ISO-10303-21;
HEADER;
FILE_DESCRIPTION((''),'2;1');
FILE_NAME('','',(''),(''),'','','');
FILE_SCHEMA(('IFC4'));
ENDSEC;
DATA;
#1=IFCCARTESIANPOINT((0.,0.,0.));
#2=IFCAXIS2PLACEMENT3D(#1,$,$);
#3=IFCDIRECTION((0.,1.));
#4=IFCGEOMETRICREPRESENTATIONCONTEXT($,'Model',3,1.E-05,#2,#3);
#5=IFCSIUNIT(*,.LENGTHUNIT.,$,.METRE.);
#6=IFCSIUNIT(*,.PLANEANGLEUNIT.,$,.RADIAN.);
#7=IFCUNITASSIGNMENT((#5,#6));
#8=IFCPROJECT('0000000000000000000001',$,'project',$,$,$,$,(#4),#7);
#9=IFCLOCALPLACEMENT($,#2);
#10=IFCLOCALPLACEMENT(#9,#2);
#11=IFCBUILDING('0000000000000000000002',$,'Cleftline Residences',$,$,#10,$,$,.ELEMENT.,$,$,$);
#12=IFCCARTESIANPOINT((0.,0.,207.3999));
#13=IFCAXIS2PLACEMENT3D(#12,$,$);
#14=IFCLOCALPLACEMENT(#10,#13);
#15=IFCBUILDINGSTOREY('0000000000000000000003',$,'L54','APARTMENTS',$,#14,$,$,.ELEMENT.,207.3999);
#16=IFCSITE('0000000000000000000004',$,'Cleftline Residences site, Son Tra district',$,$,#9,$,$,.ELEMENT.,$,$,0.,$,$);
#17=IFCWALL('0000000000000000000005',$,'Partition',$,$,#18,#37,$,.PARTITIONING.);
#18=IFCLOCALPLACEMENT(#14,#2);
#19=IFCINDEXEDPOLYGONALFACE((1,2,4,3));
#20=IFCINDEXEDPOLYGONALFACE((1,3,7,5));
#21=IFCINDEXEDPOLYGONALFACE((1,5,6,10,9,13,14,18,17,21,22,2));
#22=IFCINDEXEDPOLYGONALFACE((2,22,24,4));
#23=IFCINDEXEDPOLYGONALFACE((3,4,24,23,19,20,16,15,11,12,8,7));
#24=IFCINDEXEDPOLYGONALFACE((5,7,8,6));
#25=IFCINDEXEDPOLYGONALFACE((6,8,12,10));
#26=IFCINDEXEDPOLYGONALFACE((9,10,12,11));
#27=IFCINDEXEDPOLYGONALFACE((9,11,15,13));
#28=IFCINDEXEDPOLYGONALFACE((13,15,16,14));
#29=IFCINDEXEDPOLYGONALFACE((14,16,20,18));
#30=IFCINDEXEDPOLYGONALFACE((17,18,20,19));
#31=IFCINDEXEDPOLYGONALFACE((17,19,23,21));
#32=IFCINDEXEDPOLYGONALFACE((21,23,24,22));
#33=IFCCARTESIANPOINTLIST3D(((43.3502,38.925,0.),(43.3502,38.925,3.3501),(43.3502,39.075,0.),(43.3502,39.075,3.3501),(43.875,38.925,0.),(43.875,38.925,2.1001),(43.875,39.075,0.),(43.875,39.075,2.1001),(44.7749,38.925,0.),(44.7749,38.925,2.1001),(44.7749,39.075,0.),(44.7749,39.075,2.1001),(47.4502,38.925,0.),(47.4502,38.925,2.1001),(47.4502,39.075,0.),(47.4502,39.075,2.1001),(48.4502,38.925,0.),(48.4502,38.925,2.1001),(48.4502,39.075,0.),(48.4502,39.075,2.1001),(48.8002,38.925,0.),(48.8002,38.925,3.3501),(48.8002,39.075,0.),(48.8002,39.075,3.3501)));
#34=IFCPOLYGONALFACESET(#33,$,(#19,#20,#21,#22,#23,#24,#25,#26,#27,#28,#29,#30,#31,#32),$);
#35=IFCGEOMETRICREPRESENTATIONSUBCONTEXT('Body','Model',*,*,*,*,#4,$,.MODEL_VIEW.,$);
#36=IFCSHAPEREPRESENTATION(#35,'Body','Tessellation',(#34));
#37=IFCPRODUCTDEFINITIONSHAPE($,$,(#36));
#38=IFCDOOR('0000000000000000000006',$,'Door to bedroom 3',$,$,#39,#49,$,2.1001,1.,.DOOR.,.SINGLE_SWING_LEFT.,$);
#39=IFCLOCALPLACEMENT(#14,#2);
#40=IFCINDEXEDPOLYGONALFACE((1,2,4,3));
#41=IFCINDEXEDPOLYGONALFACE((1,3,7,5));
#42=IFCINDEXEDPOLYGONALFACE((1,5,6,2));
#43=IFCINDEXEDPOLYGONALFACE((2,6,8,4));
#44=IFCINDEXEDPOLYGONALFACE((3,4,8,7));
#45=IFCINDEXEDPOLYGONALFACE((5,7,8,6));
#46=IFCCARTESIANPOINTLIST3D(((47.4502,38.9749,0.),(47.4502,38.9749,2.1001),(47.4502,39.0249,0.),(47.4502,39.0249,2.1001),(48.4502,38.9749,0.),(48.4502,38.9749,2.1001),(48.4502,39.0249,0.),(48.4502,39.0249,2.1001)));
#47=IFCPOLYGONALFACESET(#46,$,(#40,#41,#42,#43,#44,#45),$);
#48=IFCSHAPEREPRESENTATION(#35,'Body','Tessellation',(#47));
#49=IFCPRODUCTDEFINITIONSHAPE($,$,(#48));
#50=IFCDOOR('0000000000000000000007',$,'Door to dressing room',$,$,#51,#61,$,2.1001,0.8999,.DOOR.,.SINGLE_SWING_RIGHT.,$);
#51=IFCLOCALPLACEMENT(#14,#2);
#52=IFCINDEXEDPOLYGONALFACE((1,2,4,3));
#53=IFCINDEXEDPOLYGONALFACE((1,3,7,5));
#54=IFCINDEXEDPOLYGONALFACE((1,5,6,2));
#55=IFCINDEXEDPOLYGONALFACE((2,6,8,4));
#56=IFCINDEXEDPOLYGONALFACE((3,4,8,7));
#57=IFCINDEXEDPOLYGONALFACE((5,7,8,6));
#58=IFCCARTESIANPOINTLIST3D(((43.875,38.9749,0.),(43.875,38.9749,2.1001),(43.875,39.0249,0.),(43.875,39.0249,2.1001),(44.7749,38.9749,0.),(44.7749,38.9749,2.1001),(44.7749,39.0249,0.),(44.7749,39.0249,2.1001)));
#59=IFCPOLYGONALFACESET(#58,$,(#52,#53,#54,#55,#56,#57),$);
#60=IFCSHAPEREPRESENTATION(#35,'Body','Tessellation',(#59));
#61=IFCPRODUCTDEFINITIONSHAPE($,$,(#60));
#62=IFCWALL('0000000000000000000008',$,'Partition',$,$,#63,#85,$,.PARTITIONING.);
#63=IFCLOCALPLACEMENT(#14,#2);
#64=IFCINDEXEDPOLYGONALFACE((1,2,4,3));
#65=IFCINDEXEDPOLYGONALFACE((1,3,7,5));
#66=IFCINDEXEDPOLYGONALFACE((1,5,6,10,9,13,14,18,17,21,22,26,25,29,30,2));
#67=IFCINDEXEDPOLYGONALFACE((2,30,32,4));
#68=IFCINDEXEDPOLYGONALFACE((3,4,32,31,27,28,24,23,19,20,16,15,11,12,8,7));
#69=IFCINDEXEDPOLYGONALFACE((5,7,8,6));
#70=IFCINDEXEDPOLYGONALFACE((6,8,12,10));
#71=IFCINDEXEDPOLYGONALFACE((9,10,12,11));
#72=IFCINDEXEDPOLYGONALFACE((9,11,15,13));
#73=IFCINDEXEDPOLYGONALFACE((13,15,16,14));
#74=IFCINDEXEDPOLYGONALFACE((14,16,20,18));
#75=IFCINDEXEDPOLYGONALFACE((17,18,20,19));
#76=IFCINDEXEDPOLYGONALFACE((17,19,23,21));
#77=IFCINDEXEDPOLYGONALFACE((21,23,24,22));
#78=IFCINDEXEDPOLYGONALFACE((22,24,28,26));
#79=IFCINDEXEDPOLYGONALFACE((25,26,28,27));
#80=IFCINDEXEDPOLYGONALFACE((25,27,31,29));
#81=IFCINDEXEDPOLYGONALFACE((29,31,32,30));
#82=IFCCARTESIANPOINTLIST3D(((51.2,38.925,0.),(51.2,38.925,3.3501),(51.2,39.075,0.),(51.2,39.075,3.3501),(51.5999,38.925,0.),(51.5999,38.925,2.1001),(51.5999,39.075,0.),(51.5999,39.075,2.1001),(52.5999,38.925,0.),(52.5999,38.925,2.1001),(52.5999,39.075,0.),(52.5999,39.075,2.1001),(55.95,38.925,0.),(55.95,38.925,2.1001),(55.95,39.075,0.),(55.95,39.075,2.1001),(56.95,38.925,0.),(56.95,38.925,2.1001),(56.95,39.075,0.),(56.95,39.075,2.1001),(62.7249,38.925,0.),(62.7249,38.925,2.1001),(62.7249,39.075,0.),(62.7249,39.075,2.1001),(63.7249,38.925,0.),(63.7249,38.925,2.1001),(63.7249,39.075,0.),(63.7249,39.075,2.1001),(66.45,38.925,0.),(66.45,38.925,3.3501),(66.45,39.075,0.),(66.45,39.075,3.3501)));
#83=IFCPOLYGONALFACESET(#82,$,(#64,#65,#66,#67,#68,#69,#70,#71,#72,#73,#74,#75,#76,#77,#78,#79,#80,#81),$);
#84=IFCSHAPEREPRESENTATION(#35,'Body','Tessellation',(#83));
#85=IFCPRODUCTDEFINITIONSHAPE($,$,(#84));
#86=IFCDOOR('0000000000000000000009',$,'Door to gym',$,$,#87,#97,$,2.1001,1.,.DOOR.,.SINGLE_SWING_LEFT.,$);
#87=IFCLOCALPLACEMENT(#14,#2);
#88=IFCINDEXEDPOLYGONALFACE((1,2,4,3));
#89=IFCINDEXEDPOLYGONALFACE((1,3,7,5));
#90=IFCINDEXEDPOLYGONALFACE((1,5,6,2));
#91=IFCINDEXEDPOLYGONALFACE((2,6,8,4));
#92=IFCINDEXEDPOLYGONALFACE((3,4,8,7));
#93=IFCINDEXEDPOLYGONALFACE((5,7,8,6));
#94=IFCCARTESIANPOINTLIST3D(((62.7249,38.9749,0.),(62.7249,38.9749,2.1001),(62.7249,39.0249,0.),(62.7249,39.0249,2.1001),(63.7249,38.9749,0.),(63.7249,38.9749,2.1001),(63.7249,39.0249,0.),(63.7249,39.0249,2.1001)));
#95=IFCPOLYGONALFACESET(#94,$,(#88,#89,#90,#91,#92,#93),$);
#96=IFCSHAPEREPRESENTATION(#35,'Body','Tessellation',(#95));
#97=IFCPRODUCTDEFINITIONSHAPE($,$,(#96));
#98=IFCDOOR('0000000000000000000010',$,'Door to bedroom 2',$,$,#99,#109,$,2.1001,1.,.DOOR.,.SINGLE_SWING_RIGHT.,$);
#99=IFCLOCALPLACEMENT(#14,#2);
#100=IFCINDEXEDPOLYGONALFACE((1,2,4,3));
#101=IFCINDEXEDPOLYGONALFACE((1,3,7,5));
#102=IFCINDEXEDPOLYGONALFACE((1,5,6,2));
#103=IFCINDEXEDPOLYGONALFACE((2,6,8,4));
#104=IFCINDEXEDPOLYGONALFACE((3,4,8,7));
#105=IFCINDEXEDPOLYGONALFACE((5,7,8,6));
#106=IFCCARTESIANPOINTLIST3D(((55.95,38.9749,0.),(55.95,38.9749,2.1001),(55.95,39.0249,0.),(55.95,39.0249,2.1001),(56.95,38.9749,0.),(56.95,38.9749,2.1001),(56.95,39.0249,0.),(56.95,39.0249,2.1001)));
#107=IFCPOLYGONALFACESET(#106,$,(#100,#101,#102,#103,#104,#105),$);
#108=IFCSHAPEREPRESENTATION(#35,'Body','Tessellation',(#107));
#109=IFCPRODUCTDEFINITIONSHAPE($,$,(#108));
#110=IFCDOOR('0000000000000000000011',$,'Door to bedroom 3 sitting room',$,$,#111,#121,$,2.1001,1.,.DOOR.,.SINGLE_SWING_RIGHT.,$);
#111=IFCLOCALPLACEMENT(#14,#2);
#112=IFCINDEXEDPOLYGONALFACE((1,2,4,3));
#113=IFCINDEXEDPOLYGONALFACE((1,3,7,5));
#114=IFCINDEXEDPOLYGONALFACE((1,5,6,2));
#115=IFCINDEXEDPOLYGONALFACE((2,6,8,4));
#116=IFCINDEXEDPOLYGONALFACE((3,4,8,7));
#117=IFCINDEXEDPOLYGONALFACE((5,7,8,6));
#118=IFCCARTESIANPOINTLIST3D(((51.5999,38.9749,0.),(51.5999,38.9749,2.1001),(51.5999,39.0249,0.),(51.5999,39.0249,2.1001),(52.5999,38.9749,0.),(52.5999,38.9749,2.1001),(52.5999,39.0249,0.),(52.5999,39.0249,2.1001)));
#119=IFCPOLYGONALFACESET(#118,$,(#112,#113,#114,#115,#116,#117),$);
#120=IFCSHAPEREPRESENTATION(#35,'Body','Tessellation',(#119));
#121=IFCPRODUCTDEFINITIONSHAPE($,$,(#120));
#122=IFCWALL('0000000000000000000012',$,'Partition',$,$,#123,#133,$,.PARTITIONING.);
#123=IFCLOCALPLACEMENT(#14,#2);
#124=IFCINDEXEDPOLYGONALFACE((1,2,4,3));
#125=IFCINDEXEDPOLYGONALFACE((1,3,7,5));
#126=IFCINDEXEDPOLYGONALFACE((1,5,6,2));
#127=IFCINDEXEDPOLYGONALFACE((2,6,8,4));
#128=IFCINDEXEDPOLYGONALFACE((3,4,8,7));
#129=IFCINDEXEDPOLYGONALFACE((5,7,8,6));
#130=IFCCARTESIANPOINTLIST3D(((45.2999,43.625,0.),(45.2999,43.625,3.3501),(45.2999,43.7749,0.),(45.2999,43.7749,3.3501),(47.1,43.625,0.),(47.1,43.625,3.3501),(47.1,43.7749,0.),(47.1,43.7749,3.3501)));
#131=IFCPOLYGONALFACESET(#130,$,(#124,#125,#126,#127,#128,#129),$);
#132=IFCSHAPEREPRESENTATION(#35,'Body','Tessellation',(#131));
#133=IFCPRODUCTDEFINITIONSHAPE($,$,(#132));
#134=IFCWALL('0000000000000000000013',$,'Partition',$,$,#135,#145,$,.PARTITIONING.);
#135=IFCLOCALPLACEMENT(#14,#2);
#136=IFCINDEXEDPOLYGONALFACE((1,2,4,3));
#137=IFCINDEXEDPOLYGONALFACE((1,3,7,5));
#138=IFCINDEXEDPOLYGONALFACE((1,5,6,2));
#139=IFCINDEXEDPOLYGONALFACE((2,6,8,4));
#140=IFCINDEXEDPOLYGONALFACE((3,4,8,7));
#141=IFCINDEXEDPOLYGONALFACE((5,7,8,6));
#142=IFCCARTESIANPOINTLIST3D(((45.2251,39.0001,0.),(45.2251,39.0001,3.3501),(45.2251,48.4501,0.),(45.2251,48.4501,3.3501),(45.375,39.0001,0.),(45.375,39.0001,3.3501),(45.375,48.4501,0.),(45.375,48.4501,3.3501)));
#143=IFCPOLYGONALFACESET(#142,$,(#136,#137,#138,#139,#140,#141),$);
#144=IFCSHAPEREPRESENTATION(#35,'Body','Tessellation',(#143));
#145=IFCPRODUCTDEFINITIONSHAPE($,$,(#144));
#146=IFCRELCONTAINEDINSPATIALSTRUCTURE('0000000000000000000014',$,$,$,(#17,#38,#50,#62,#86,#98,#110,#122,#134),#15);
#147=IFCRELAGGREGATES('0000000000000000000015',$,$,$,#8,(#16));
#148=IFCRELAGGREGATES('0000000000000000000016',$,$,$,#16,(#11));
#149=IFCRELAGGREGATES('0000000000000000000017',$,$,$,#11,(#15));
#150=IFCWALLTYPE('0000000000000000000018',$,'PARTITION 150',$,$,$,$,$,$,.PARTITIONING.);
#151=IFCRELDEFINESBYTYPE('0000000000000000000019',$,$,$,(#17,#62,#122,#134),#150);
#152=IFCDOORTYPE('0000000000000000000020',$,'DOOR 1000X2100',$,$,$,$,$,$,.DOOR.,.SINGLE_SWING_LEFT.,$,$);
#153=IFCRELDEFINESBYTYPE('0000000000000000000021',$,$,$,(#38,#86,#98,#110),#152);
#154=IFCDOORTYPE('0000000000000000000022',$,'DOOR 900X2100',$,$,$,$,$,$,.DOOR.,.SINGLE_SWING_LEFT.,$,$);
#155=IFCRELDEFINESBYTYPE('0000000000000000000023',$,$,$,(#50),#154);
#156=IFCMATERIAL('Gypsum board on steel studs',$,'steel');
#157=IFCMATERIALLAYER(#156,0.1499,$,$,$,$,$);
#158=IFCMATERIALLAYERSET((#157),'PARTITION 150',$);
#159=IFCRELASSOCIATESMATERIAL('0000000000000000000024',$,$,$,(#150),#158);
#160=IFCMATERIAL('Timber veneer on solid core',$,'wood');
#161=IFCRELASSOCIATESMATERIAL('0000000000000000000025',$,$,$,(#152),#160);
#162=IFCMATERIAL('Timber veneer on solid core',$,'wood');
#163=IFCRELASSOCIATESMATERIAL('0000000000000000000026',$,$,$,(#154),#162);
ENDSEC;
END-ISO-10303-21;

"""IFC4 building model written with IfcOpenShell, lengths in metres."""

from ifc_helpers import new_model, si_unit, direction, frame, frame_2d, origin, place, context, subcontext, project, spatial, rectangle, extrude, material, layer, layer_set, type_object, element, fill, save


model = new_model("IFC4")

# Units and contexts
model_context = context("Model", 3, precision=1e-05, world=origin(), true_north=direction((0.0, 1.0)))
body_context = subcontext(model_context, "Body", "Model", "MODEL_VIEW")
ifc_project = project(units=[si_unit("LENGTHUNIT", "METRE"), si_unit("PLANEANGLEUNIT", "RADIAN")], contexts=[model_context])

# Site, building, storey
site_placement = place(None, origin())
site = spatial("IfcSite", under=ifc_project, at=site_placement, Name="Cleftline Residences site, Son Tra district", CompositionType="ELEMENT", RefElevation=0.0)
building_placement = place(site_placement, origin())
building = spatial("IfcBuilding", under=site, at=building_placement, Name="Cleftline Residences", CompositionType="ELEMENT")
storey_placement = place(building_placement, frame((0.0, 0.0, 207.3999)))
storey = spatial("IfcBuildingStorey", under=building, at=storey_placement, Name="L54", Description="APARTMENTS", CompositionType="ELEMENT", Elevation=207.3999)

# Walls, openings, doors
ifc_material_1 = material(Name="Gypsum board on steel studs", Category="steel")
ifc_layer_1 = layer(ifc_material_1, 0.1499)
ifc_layer_set_1 = layer_set([ifc_layer_1], Name="PARTITION 150")
wall_type = type_object("IfcWallType", Name="PARTITION 150", PredefinedType="PARTITIONING", material=ifc_layer_set_1)
wall_1_placement = place(storey_placement, frame((43.3501, 39.0, 0.0), z_axis=(0.0, 0.0, 1.0), x_axis=(1.0, 0.0, 0.0)))
wall_1 = element("IfcWall", 1, at=wall_1_placement, inside=storey, type_object=wall_type, Name="Partition", PredefinedType="PARTITIONING", context=body_context, shape_type="SweptSolid", body=[
    extrude(rectangle(XDim=5.45, YDim=0.1499, at=frame_2d((2.7251, 0.0))), origin(), (0.0, 0.0, 1.0), 3.3501),
])
opening_1_placement = place(wall_1_placement, frame((4.1001, 0.0, 0.0)))
opening_1 = element("IfcOpeningElement", 2, at=opening_1_placement, cuts=wall_1, PredefinedType="OPENING", context=body_context, shape_type="SweptSolid", body=[
    extrude(rectangle(XDim=1.0, YDim=2.1001, at=frame_2d((0.5, 1.05))), frame((0.0, 0.085, 0.0), z_axis=(0.0, -1.0, 0.0), x_axis=(1.0, 0.0, 0.0)), (0.0, 0.0, 1.0), 0.1699),
])
opening_2_placement = place(wall_1_placement, frame((0.5249, 0.0, 0.0)))
opening_2 = element("IfcOpeningElement", 3, at=opening_2_placement, cuts=wall_1, PredefinedType="OPENING", context=body_context, shape_type="SweptSolid", body=[
    extrude(rectangle(XDim=0.8999, YDim=2.1001, at=frame_2d((0.45, 1.05))), frame((0.0, 0.085, 0.0), z_axis=(0.0, -1.0, 0.0), x_axis=(1.0, 0.0, 0.0)), (0.0, 0.0, 1.0), 0.1699),
])
ifc_material_2 = material(Name="Timber veneer on solid core", Category="wood")
door_type_1 = type_object("IfcDoorType", Name="DOOR 1000X2100", OperationType="SINGLE_SWING_LEFT", PredefinedType="DOOR", material=ifc_material_2)
door_1_placement = place(opening_1_placement, origin())
door_1 = element("IfcDoor", 4, at=door_1_placement, inside=storey, type_object=door_type_1, Name="Door to bedroom 3", OperationType="SINGLE_SWING_LEFT", OverallHeight=2.1001, OverallWidth=1.0, PredefinedType="DOOR", context=body_context, shape_type="SweptSolid", body=[
    extrude(rectangle(XDim=1.0, YDim=2.1001, at=frame_2d((0.5, 1.05))), frame((0.0, 0.0249, 0.0), z_axis=(0.0, -1.0, 0.0), x_axis=(1.0, 0.0, 0.0)), (0.0, 0.0, 1.0), 0.05),
])
fill(opening_1, door_1)
ifc_material_3 = material(Name="Timber veneer on solid core", Category="wood")
door_type_2 = type_object("IfcDoorType", Name="DOOR 900X2100", OperationType="SINGLE_SWING_LEFT", PredefinedType="DOOR", material=ifc_material_3)
door_2_placement = place(opening_2_placement, origin())
door_2 = element("IfcDoor", 5, at=door_2_placement, inside=storey, type_object=door_type_2, Name="Door to dressing room", OperationType="SINGLE_SWING_RIGHT", OverallHeight=2.1001, OverallWidth=0.8999, PredefinedType="DOOR", context=body_context, shape_type="SweptSolid", body=[
    extrude(rectangle(XDim=0.8999, YDim=2.1001, at=frame_2d((0.45, 1.05))), frame((0.0, 0.0249, 0.0), z_axis=(0.0, -1.0, 0.0), x_axis=(1.0, 0.0, 0.0)), (0.0, 0.0, 1.0), 0.05),
])
fill(opening_2, door_2)
wall_2_placement = place(storey_placement, frame((51.2, 39.0, 0.0), z_axis=(0.0, 0.0, 1.0), x_axis=(1.0, 0.0, 0.0)))
wall_2 = element("IfcWall", 6, at=wall_2_placement, inside=storey, type_object=wall_type, Name="Partition", PredefinedType="PARTITIONING", context=body_context, shape_type="SweptSolid", body=[
    extrude(rectangle(XDim=15.25, YDim=0.1499, at=frame_2d((7.625, 0.0))), origin(), (0.0, 0.0, 1.0), 3.3501),
])
opening_3_placement = place(wall_2_placement, frame((11.5249, 0.0, 0.0)))
opening_3 = element("IfcOpeningElement", 7, at=opening_3_placement, cuts=wall_2, PredefinedType="OPENING", context=body_context, shape_type="SweptSolid", body=[
    extrude(rectangle(XDim=1.0, YDim=2.1001, at=frame_2d((0.5, 1.05))), frame((0.0, 0.085, 0.0), z_axis=(0.0, -1.0, 0.0), x_axis=(1.0, 0.0, 0.0)), (0.0, 0.0, 1.0), 0.1699),
])
opening_4_placement = place(wall_2_placement, frame((4.75, 0.0, 0.0)))
opening_4 = element("IfcOpeningElement", 8, at=opening_4_placement, cuts=wall_2, PredefinedType="OPENING", context=body_context, shape_type="SweptSolid", body=[
    extrude(rectangle(XDim=1.0, YDim=2.1001, at=frame_2d((0.5, 1.05))), frame((0.0, 0.085, 0.0), z_axis=(0.0, -1.0, 0.0), x_axis=(1.0, 0.0, 0.0)), (0.0, 0.0, 1.0), 0.1699),
])
opening_5_placement = place(wall_2_placement, frame((0.3999, 0.0, 0.0)))
opening_5 = element("IfcOpeningElement", 9, at=opening_5_placement, cuts=wall_2, PredefinedType="OPENING", context=body_context, shape_type="SweptSolid", body=[
    extrude(rectangle(XDim=1.0, YDim=2.1001, at=frame_2d((0.5, 1.05))), frame((0.0, 0.085, 0.0), z_axis=(0.0, -1.0, 0.0), x_axis=(1.0, 0.0, 0.0)), (0.0, 0.0, 1.0), 0.1699),
])
door_3_placement = place(opening_3_placement, origin())
door_3 = element("IfcDoor", 10, at=door_3_placement, inside=storey, type_object=door_type_1, Name="Door to gym", OperationType="SINGLE_SWING_LEFT", OverallHeight=2.1001, OverallWidth=1.0, PredefinedType="DOOR", context=body_context, shape_type="SweptSolid", body=[
    extrude(rectangle(XDim=1.0, YDim=2.1001, at=frame_2d((0.5, 1.05))), frame((0.0, 0.0249, 0.0), z_axis=(0.0, -1.0, 0.0), x_axis=(1.0, 0.0, 0.0)), (0.0, 0.0, 1.0), 0.05),
])
fill(opening_3, door_3)
door_4_placement = place(opening_4_placement, origin())
door_4 = element("IfcDoor", 11, at=door_4_placement, inside=storey, type_object=door_type_1, Name="Door to bedroom 2", OperationType="SINGLE_SWING_RIGHT", OverallHeight=2.1001, OverallWidth=1.0, PredefinedType="DOOR", context=body_context, shape_type="SweptSolid", body=[
    extrude(rectangle(XDim=1.0, YDim=2.1001, at=frame_2d((0.5, 1.05))), frame((0.0, 0.0249, 0.0), z_axis=(0.0, -1.0, 0.0), x_axis=(1.0, 0.0, 0.0)), (0.0, 0.0, 1.0), 0.05),
])
fill(opening_4, door_4)
door_5_placement = place(opening_5_placement, origin())
door_5 = element("IfcDoor", 12, at=door_5_placement, inside=storey, type_object=door_type_1, Name="Door to bedroom 3 sitting room", OperationType="SINGLE_SWING_RIGHT", OverallHeight=2.1001, OverallWidth=1.0, PredefinedType="DOOR", context=body_context, shape_type="SweptSolid", body=[
    extrude(rectangle(XDim=1.0, YDim=2.1001, at=frame_2d((0.5, 1.05))), frame((0.0, 0.0249, 0.0), z_axis=(0.0, -1.0, 0.0), x_axis=(1.0, 0.0, 0.0)), (0.0, 0.0, 1.0), 0.05),
])
fill(opening_5, door_5)

# Walls
wall_3_placement = place(storey_placement, frame((45.3, 43.7, 0.0), z_axis=(0.0, 0.0, 1.0), x_axis=(1.0, 0.0, 0.0)))
element("IfcWall", 13, at=wall_3_placement, inside=storey, type_object=wall_type, Name="Partition", PredefinedType="PARTITIONING", context=body_context, shape_type="SweptSolid", body=[
    extrude(rectangle(XDim=1.8, YDim=0.1499, at=frame_2d((0.8999, 0.0))), origin(), (0.0, 0.0, 1.0), 3.3501),
])
wall_4_placement = place(storey_placement, frame((45.3, 39.0, 0.0), z_axis=(0.0, 0.0, 1.0), x_axis=(0.0, 1.0, 0.0)))
element("IfcWall", 14, at=wall_4_placement, inside=storey, type_object=wall_type, Name="Partition", PredefinedType="PARTITIONING", context=body_context, shape_type="SweptSolid", body=[
    extrude(rectangle(XDim=9.45, YDim=0.1499, at=frame_2d((4.7251, 0.0))), origin(), (0.0, 0.0, 1.0), 3.3501),
])

save(model, "model.ifc")
